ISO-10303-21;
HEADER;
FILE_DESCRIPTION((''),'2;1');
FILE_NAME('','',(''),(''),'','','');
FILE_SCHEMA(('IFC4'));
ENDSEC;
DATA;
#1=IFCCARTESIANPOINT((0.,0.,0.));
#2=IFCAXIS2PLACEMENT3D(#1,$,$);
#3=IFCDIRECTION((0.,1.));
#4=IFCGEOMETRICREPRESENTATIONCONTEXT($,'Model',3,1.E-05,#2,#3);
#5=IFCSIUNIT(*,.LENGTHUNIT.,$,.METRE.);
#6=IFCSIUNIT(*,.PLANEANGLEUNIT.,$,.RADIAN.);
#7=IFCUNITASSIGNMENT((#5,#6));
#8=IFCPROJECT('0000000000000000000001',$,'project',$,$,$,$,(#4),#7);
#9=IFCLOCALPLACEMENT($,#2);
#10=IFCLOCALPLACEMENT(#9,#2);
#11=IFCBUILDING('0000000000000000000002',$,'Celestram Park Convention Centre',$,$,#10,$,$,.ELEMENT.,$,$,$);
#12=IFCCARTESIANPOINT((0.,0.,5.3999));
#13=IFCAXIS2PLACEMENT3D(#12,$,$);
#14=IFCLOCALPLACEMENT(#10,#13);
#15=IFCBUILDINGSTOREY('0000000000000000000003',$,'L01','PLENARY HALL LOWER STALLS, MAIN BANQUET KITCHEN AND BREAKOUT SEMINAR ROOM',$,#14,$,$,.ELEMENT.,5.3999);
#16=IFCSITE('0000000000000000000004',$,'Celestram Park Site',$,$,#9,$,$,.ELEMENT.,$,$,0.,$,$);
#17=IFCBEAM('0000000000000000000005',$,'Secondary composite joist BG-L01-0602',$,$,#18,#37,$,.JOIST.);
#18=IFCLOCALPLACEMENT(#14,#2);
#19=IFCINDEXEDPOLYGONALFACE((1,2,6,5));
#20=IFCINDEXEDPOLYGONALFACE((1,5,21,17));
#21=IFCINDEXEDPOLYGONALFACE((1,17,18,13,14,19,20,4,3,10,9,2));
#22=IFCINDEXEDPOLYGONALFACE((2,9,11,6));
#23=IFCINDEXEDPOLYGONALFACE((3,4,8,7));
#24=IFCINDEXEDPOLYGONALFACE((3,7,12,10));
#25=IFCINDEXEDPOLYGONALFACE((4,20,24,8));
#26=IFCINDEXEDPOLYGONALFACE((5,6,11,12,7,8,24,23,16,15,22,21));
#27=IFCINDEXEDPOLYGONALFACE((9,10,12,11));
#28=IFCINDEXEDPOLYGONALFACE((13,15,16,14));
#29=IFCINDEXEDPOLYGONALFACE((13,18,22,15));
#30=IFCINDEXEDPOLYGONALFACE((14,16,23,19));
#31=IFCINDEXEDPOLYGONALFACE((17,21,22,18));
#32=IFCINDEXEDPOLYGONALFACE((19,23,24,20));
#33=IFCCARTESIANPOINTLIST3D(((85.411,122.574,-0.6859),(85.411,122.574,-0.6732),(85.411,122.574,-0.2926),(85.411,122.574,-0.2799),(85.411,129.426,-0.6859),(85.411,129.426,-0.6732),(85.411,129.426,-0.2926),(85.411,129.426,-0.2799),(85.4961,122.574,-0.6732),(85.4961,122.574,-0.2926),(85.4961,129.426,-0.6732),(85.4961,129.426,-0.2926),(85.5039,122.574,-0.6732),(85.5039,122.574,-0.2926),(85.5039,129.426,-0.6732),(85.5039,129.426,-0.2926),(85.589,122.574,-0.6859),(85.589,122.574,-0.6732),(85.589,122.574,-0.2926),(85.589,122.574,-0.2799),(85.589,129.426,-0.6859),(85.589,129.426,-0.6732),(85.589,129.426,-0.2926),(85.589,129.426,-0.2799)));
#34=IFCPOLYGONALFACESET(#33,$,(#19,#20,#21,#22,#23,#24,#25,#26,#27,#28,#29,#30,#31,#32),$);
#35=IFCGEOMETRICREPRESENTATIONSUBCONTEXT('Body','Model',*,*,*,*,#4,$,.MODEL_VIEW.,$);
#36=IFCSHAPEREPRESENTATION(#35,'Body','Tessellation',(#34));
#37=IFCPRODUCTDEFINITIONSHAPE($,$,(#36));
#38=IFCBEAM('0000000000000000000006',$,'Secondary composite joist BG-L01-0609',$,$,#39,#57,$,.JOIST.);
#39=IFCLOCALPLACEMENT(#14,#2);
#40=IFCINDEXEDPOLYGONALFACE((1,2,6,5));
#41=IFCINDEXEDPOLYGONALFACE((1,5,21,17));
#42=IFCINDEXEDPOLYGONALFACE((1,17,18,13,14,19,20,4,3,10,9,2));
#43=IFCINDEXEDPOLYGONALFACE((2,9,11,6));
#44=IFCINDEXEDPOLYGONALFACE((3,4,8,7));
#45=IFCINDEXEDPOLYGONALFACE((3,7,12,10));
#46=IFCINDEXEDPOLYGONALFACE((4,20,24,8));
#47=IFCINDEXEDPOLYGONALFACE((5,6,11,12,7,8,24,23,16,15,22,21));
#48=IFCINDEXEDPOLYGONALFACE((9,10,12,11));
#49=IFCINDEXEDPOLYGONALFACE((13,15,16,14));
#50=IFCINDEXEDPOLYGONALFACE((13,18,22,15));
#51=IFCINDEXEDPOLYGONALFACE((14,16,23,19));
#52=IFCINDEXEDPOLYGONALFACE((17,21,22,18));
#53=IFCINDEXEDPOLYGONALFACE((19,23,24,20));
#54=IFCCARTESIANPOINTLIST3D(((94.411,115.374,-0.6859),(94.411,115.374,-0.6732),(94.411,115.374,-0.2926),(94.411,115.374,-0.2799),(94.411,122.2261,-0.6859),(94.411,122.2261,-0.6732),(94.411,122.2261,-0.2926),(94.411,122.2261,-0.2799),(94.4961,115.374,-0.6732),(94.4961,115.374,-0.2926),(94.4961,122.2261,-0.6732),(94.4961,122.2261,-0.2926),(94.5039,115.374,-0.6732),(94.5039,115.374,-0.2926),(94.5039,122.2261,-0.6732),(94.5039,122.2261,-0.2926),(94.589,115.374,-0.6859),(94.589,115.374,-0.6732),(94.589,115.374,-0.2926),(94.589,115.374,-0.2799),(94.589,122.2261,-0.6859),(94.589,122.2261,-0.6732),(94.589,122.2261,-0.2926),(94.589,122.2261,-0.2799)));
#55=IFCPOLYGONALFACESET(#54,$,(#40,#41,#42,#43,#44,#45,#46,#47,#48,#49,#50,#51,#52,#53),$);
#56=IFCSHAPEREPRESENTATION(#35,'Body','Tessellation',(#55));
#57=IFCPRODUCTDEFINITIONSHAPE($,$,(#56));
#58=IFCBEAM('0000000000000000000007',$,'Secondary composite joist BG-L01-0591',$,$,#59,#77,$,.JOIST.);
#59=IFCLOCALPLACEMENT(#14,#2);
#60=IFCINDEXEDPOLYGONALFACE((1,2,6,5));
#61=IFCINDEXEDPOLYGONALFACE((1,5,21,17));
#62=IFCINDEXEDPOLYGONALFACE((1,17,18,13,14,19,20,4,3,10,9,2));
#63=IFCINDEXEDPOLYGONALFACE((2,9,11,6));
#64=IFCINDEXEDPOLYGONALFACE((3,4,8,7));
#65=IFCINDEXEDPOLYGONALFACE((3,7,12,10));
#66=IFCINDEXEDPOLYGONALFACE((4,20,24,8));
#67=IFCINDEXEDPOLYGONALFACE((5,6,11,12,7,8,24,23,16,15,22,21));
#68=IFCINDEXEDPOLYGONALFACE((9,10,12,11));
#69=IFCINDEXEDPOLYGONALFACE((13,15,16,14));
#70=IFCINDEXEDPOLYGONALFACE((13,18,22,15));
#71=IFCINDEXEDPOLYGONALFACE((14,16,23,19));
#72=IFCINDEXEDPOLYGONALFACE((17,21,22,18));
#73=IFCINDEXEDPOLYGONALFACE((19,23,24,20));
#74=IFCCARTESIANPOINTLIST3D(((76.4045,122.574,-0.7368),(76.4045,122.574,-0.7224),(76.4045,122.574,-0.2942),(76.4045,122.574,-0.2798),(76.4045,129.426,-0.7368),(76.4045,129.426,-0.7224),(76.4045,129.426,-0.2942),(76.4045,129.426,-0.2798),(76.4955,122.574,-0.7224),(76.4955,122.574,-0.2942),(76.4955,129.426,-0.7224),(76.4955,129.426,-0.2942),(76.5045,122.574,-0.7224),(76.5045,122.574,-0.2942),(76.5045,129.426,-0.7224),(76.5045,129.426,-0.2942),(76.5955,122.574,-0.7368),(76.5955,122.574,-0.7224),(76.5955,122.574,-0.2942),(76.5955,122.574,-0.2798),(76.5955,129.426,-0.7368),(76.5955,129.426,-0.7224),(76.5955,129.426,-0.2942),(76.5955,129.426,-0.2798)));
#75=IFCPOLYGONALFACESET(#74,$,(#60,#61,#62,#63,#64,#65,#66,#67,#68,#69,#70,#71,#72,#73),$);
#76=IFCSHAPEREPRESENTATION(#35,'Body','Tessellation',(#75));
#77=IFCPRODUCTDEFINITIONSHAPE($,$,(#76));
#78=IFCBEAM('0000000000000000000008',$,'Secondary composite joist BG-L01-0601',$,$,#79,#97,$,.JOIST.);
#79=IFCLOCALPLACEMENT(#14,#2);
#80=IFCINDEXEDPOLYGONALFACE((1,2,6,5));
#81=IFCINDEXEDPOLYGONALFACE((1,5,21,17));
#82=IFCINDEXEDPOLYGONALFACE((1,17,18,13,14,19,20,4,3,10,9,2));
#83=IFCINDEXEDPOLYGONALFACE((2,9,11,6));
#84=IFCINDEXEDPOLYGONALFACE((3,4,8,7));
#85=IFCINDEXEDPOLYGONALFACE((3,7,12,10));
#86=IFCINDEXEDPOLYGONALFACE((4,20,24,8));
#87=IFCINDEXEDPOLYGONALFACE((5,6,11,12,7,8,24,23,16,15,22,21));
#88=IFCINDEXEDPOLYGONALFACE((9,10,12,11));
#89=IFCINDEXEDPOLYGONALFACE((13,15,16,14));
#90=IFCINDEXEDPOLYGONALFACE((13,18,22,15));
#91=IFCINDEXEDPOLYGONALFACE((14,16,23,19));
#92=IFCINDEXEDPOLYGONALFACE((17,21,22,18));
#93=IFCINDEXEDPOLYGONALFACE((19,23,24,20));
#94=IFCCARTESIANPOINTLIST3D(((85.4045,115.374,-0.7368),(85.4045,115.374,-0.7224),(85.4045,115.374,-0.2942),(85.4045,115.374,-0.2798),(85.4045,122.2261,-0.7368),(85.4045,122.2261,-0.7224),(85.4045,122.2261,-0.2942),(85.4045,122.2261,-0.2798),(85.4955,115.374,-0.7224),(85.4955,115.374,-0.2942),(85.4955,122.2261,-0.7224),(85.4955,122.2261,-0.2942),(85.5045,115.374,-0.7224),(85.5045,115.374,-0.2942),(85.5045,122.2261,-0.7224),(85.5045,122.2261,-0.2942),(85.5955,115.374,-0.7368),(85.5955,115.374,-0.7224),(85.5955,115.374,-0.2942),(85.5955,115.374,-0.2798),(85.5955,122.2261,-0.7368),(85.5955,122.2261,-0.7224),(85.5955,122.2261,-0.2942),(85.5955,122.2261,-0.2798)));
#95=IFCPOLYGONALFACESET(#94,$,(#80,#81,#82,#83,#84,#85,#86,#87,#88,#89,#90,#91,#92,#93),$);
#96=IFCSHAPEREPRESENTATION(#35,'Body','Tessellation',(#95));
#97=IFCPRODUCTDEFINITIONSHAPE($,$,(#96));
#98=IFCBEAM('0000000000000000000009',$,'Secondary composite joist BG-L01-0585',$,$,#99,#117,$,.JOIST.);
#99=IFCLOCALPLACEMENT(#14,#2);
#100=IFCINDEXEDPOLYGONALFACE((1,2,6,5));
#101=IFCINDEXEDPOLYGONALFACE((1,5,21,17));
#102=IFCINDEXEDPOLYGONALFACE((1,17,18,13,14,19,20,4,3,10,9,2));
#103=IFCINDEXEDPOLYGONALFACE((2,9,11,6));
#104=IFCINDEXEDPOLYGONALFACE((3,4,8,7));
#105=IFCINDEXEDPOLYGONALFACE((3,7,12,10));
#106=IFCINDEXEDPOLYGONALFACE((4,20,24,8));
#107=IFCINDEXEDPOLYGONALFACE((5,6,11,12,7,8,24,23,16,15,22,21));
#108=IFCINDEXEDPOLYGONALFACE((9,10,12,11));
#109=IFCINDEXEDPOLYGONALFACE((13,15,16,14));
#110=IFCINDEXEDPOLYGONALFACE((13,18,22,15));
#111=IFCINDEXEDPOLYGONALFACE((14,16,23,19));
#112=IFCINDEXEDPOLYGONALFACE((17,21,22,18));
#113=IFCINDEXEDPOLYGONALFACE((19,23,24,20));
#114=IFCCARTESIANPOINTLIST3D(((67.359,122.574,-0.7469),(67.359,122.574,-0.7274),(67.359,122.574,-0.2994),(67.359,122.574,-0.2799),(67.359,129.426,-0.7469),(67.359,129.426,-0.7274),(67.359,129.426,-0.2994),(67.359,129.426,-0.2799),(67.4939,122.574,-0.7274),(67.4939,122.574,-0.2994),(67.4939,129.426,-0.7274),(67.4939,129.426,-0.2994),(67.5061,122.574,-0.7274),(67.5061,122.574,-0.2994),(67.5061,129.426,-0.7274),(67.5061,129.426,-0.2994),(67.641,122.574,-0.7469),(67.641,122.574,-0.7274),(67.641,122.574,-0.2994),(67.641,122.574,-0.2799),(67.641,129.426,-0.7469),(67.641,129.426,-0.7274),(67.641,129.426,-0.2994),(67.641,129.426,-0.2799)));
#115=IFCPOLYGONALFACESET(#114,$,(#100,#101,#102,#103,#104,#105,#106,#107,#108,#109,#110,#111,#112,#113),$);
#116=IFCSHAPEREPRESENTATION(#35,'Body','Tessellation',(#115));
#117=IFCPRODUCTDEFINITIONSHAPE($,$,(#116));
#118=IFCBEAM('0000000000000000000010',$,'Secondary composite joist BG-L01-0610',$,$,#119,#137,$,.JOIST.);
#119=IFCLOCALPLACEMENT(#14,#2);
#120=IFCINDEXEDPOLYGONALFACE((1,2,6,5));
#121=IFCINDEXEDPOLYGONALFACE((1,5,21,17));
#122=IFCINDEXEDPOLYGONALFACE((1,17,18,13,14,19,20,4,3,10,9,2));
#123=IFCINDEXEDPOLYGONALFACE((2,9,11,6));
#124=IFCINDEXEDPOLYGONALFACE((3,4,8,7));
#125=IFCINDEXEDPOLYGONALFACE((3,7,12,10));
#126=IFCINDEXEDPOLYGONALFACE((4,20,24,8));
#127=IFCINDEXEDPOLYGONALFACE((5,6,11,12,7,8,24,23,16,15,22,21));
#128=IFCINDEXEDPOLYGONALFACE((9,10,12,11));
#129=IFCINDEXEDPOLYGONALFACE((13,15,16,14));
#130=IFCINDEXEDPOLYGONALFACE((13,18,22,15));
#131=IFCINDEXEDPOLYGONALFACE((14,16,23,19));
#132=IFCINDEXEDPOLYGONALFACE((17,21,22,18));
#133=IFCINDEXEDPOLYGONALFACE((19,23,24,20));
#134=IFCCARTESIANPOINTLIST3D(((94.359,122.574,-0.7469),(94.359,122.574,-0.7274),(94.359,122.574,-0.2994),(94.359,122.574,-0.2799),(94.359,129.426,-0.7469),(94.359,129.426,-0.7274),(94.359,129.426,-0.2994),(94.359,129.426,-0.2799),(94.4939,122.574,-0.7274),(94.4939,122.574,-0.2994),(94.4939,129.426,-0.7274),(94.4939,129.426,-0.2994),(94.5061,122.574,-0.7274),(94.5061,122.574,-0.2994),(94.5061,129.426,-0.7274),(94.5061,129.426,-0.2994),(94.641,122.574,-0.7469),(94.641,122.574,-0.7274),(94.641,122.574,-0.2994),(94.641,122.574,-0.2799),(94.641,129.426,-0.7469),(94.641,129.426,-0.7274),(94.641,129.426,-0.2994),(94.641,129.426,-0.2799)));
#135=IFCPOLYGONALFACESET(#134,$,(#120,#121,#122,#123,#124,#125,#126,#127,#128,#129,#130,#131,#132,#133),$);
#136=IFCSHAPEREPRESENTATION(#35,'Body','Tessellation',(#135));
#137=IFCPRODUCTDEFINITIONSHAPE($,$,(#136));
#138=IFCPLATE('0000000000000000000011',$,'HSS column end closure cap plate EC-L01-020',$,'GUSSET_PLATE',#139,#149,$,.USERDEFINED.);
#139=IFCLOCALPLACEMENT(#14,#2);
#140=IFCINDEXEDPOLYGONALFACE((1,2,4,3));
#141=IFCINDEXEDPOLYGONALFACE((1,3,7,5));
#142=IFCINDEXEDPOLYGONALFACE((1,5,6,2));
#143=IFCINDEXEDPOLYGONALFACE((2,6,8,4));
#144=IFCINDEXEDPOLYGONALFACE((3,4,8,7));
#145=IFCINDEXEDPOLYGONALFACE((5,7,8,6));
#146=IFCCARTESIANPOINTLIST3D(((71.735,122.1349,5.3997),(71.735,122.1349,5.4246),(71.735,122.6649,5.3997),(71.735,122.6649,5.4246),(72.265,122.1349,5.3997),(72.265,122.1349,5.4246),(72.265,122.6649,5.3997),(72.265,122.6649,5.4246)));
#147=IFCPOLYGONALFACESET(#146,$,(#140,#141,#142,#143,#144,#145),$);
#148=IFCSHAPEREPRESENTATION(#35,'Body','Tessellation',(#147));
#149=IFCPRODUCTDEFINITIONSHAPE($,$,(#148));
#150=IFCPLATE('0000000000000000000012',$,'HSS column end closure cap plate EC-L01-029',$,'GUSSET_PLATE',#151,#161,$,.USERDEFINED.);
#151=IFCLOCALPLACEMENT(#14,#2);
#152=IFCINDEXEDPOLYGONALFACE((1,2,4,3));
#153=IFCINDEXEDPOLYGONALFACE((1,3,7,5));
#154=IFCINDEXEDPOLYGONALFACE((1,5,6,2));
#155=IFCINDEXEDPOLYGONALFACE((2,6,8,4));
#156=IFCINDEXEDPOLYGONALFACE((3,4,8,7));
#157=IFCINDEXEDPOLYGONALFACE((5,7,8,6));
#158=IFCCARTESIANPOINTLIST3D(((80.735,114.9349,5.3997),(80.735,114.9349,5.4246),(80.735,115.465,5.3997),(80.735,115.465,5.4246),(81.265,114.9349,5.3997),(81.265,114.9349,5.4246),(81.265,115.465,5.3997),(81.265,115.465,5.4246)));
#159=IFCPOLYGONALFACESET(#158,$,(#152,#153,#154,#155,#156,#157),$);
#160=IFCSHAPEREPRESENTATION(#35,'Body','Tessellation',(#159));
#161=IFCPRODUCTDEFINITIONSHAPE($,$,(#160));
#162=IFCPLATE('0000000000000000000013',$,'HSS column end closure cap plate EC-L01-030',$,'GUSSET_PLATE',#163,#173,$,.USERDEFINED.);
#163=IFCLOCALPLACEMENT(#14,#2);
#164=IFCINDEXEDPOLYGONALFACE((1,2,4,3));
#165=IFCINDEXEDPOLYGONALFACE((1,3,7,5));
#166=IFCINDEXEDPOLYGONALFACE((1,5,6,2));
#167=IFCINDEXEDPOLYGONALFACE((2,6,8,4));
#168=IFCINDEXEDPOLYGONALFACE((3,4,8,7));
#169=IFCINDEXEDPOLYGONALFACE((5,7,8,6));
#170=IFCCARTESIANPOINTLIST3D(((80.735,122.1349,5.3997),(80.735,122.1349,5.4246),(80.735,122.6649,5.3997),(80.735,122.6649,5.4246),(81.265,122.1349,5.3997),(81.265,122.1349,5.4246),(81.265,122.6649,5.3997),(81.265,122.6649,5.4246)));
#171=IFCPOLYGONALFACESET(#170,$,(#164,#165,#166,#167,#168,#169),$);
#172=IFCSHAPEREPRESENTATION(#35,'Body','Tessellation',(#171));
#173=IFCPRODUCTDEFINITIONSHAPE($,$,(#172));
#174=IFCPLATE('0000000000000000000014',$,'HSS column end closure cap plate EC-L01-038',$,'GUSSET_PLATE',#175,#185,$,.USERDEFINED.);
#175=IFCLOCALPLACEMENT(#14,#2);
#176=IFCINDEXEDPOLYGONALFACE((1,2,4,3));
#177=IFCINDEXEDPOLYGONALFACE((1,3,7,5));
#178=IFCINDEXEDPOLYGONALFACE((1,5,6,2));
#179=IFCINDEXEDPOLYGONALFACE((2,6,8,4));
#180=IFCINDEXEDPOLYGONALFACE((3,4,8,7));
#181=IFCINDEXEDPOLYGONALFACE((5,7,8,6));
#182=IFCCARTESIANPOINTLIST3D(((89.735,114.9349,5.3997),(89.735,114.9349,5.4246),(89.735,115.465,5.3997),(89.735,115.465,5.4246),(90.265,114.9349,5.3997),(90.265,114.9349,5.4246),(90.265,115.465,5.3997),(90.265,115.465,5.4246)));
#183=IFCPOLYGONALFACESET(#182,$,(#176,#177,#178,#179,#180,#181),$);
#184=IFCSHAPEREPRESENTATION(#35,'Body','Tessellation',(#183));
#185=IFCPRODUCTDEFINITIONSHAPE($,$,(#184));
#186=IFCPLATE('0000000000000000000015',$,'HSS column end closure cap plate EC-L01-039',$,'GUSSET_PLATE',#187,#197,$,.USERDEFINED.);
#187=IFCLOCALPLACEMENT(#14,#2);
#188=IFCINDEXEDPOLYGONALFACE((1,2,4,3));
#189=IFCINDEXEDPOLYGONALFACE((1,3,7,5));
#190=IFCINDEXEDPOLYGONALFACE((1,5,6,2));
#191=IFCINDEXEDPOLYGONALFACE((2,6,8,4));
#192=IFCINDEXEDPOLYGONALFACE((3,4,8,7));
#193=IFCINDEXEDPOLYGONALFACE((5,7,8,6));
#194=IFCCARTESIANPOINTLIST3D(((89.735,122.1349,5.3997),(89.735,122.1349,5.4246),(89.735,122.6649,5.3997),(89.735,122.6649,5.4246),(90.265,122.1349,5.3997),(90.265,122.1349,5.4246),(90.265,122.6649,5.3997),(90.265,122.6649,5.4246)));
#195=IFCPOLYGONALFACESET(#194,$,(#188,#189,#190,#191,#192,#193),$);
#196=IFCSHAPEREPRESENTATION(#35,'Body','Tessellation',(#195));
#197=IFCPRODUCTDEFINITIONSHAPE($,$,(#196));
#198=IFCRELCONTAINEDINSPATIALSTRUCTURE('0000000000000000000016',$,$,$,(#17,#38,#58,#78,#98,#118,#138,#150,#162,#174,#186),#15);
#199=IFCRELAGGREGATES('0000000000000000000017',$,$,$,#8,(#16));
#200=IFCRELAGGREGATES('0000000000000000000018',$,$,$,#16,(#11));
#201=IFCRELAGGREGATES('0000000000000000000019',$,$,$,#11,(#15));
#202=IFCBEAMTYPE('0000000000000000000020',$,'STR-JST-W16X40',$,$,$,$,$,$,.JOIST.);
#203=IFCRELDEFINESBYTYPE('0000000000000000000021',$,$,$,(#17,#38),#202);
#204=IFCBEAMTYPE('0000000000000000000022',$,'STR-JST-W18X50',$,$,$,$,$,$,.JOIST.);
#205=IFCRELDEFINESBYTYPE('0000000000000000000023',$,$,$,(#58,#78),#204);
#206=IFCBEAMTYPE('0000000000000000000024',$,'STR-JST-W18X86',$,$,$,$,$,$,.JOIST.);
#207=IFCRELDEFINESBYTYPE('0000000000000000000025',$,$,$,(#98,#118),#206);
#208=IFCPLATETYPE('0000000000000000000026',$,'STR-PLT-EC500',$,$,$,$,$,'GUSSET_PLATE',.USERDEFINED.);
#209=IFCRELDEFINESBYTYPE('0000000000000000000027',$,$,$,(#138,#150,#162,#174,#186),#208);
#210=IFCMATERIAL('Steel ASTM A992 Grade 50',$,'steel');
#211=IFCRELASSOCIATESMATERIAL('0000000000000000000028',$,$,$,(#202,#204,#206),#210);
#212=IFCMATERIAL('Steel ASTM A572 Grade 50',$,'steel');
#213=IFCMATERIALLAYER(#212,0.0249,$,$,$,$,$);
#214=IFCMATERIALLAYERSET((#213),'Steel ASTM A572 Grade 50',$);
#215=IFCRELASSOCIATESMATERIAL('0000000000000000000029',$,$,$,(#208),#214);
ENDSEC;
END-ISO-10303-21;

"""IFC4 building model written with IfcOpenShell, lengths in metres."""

from ifc_helpers import new_model, si_unit, direction, frame, origin, origin_2d, place, context, subcontext, project, spatial, rectangle, i_section, extrude, material, layer, layer_set, material_profile, profile_set, type_object, element, save


model = new_model("IFC4")

# Units and contexts
model_context = context("Model", 3, precision=1e-05, world=origin(), true_north=direction((0.0, 1.0)))
body_context = subcontext(model_context, "Body", "Model", "MODEL_VIEW")
ifc_project = project(units=[si_unit("LENGTHUNIT", "METRE"), si_unit("PLANEANGLEUNIT", "RADIAN")], contexts=[model_context])

# Site, building, storey
site_placement = place(None, origin())
site = spatial("IfcSite", under=ifc_project, at=site_placement, Name="Celestram Park Site", CompositionType="ELEMENT", RefElevation=0.0)
building_placement = place(site_placement, origin())
building = spatial("IfcBuilding", under=site, at=building_placement, Name="Celestram Park Convention Centre", CompositionType="ELEMENT")
storey_placement = place(building_placement, frame((0.0, 0.0, 5.3999)))
storey = spatial("IfcBuildingStorey", under=building, at=storey_placement, Name="L01", Description="PLENARY HALL LOWER STALLS, MAIN BANQUET KITCHEN AND BREAKOUT SEMINAR ROOM", CompositionType="ELEMENT", Elevation=5.3999)

# Beams
ifc_material_1 = material(Name="Steel ASTM A992 Grade 50", Category="steel")
ifc_material_profile_1 = material_profile(ifc_material_1, i_section(OverallWidth=0.178, OverallDepth=0.406, WebThickness=0.0078, FlangeThickness=0.0127, at=origin_2d()), Name="W16X40")
ifc_profile_set_1 = profile_set([ifc_material_profile_1], Name="Steel ASTM A992 Grade 50")
beam_type_1 = type_object("IfcBeamType", Name="STR-JST-W16X40", PredefinedType="JOIST", material=ifc_profile_set_1)
for number, where, z_axis, x_axis, name in (
    (1, (85.5, 122.574, -0.4829), (0.0, 1.0, 0.0), (-1.0, 0.0, 0.0), "Secondary composite joist BG-L01-0602"),
    (2, (94.5, 115.374, -0.4829), (0.0, 1.0, 0.0), (-1.0, 0.0, 0.0), "Secondary composite joist BG-L01-0609"),
):
    element("IfcBeam", number, at=place(storey_placement, frame(where, z_axis=z_axis, x_axis=x_axis)), inside=storey, type_object=beam_type_1, Name=name, PredefinedType="JOIST", context=body_context, shape_type="SweptSolid", body=[
        extrude(i_section(OverallWidth=0.178, OverallDepth=0.406, WebThickness=0.0078, FlangeThickness=0.0127, at=origin_2d()), origin(), (0.0, 0.0, 1.0), 6.8521),
    ])
ifc_material_profile_2 = material_profile(ifc_material_1, i_section(OverallWidth=0.1909, OverallDepth=0.457, WebThickness=0.009, FlangeThickness=0.0144, at=origin_2d()), Name="W18X50")
ifc_profile_set_2 = profile_set([ifc_material_profile_2], Name="Steel ASTM A992 Grade 50")
beam_type_2 = type_object("IfcBeamType", Name="STR-JST-W18X50", PredefinedType="JOIST", material=ifc_profile_set_2)
for number, where, z_axis, x_axis, name in (
    (3, (76.5, 122.574, -0.5083), (0.0, 1.0, 0.0), (-1.0, 0.0, 0.0), "Secondary composite joist BG-L01-0591"),
    (4, (85.5, 115.374, -0.5083), (0.0, 1.0, 0.0), (-1.0, 0.0, 0.0), "Secondary composite joist BG-L01-0601"),
):
    element("IfcBeam", number, at=place(storey_placement, frame(where, z_axis=z_axis, x_axis=x_axis)), inside=storey, type_object=beam_type_2, Name=name, PredefinedType="JOIST", context=body_context, shape_type="SweptSolid", body=[
        extrude(i_section(OverallWidth=0.1909, OverallDepth=0.457, WebThickness=0.009, FlangeThickness=0.0144, at=origin_2d()), origin(), (0.0, 0.0, 1.0), 6.8521),
    ])
ifc_material_profile_3 = material_profile(ifc_material_1, i_section(OverallWidth=0.282, OverallDepth=0.467, WebThickness=0.0122, FlangeThickness=0.0195, at=origin_2d()), Name="W18X86")
ifc_profile_set_3 = profile_set([ifc_material_profile_3], Name="Steel ASTM A992 Grade 50")
beam_type_3 = type_object("IfcBeamType", Name="STR-JST-W18X86", PredefinedType="JOIST", material=ifc_profile_set_3)
for number, where, z_axis, x_axis, name in (
    (5, (67.5, 122.574, -0.5134), (0.0, 1.0, 0.0), (-1.0, 0.0, 0.0), "Secondary composite joist BG-L01-0585"),
    (6, (94.5, 122.574, -0.5134), (0.0, 1.0, 0.0), (-1.0, 0.0, 0.0), "Secondary composite joist BG-L01-0610"),
):
    element("IfcBeam", number, at=place(storey_placement, frame(where, z_axis=z_axis, x_axis=x_axis)), inside=storey, type_object=beam_type_3, Name=name, PredefinedType="JOIST", context=body_context, shape_type="SweptSolid", body=[
        extrude(i_section(OverallWidth=0.282, OverallDepth=0.467, WebThickness=0.0122, FlangeThickness=0.0195, at=origin_2d()), origin(), (0.0, 0.0, 1.0), 6.8521),
    ])

# Plates
ifc_material_2 = material(Name="Steel ASTM A572 Grade 50", Category="steel")
ifc_layer_1 = layer(ifc_material_2, 0.0249)
ifc_layer_set_1 = layer_set([ifc_layer_1], Name="Steel ASTM A572 Grade 50")
plate_type = type_object("IfcPlateType", Name="STR-PLT-EC500", ElementType="GUSSET_PLATE", PredefinedType="USERDEFINED", material=ifc_layer_set_1)
for number, where, z_axis, x_axis, name in (
    (7, (72.0, 122.3999, 5.3997), (0.0, 0.0, 1.0), (1.0, 0.0, 0.0), "HSS column end closure cap plate EC-L01-020"),
    (8, (81.0, 115.2, 5.3997), (0.0, 0.0, 1.0), (1.0, 0.0, 0.0), "HSS column end closure cap plate EC-L01-029"),
    (9, (81.0, 122.3999, 5.3997), (0.0, 0.0, 1.0), (1.0, 0.0, 0.0), "HSS column end closure cap plate EC-L01-030"),
    (10, (90.0, 115.2, 5.3997), (0.0, 0.0, 1.0), (1.0, 0.0, 0.0), "HSS column end closure cap plate EC-L01-038"),
    (11, (90.0, 122.3999, 5.3997), (0.0, 0.0, 1.0), (1.0, 0.0, 0.0), "HSS column end closure cap plate EC-L01-039"),
):
    element("IfcPlate", number, at=place(storey_placement, frame(where, z_axis=z_axis, x_axis=x_axis)), inside=storey, type_object=plate_type, Name=name, ObjectType="GUSSET_PLATE", PredefinedType="USERDEFINED", context=body_context, shape_type="SweptSolid", body=[
        extrude(rectangle(XDim=0.53, YDim=0.53, at=origin_2d()), origin(), (0.0, 0.0, 1.0), 0.0249),
    ])

save(model, "model.ifc")
